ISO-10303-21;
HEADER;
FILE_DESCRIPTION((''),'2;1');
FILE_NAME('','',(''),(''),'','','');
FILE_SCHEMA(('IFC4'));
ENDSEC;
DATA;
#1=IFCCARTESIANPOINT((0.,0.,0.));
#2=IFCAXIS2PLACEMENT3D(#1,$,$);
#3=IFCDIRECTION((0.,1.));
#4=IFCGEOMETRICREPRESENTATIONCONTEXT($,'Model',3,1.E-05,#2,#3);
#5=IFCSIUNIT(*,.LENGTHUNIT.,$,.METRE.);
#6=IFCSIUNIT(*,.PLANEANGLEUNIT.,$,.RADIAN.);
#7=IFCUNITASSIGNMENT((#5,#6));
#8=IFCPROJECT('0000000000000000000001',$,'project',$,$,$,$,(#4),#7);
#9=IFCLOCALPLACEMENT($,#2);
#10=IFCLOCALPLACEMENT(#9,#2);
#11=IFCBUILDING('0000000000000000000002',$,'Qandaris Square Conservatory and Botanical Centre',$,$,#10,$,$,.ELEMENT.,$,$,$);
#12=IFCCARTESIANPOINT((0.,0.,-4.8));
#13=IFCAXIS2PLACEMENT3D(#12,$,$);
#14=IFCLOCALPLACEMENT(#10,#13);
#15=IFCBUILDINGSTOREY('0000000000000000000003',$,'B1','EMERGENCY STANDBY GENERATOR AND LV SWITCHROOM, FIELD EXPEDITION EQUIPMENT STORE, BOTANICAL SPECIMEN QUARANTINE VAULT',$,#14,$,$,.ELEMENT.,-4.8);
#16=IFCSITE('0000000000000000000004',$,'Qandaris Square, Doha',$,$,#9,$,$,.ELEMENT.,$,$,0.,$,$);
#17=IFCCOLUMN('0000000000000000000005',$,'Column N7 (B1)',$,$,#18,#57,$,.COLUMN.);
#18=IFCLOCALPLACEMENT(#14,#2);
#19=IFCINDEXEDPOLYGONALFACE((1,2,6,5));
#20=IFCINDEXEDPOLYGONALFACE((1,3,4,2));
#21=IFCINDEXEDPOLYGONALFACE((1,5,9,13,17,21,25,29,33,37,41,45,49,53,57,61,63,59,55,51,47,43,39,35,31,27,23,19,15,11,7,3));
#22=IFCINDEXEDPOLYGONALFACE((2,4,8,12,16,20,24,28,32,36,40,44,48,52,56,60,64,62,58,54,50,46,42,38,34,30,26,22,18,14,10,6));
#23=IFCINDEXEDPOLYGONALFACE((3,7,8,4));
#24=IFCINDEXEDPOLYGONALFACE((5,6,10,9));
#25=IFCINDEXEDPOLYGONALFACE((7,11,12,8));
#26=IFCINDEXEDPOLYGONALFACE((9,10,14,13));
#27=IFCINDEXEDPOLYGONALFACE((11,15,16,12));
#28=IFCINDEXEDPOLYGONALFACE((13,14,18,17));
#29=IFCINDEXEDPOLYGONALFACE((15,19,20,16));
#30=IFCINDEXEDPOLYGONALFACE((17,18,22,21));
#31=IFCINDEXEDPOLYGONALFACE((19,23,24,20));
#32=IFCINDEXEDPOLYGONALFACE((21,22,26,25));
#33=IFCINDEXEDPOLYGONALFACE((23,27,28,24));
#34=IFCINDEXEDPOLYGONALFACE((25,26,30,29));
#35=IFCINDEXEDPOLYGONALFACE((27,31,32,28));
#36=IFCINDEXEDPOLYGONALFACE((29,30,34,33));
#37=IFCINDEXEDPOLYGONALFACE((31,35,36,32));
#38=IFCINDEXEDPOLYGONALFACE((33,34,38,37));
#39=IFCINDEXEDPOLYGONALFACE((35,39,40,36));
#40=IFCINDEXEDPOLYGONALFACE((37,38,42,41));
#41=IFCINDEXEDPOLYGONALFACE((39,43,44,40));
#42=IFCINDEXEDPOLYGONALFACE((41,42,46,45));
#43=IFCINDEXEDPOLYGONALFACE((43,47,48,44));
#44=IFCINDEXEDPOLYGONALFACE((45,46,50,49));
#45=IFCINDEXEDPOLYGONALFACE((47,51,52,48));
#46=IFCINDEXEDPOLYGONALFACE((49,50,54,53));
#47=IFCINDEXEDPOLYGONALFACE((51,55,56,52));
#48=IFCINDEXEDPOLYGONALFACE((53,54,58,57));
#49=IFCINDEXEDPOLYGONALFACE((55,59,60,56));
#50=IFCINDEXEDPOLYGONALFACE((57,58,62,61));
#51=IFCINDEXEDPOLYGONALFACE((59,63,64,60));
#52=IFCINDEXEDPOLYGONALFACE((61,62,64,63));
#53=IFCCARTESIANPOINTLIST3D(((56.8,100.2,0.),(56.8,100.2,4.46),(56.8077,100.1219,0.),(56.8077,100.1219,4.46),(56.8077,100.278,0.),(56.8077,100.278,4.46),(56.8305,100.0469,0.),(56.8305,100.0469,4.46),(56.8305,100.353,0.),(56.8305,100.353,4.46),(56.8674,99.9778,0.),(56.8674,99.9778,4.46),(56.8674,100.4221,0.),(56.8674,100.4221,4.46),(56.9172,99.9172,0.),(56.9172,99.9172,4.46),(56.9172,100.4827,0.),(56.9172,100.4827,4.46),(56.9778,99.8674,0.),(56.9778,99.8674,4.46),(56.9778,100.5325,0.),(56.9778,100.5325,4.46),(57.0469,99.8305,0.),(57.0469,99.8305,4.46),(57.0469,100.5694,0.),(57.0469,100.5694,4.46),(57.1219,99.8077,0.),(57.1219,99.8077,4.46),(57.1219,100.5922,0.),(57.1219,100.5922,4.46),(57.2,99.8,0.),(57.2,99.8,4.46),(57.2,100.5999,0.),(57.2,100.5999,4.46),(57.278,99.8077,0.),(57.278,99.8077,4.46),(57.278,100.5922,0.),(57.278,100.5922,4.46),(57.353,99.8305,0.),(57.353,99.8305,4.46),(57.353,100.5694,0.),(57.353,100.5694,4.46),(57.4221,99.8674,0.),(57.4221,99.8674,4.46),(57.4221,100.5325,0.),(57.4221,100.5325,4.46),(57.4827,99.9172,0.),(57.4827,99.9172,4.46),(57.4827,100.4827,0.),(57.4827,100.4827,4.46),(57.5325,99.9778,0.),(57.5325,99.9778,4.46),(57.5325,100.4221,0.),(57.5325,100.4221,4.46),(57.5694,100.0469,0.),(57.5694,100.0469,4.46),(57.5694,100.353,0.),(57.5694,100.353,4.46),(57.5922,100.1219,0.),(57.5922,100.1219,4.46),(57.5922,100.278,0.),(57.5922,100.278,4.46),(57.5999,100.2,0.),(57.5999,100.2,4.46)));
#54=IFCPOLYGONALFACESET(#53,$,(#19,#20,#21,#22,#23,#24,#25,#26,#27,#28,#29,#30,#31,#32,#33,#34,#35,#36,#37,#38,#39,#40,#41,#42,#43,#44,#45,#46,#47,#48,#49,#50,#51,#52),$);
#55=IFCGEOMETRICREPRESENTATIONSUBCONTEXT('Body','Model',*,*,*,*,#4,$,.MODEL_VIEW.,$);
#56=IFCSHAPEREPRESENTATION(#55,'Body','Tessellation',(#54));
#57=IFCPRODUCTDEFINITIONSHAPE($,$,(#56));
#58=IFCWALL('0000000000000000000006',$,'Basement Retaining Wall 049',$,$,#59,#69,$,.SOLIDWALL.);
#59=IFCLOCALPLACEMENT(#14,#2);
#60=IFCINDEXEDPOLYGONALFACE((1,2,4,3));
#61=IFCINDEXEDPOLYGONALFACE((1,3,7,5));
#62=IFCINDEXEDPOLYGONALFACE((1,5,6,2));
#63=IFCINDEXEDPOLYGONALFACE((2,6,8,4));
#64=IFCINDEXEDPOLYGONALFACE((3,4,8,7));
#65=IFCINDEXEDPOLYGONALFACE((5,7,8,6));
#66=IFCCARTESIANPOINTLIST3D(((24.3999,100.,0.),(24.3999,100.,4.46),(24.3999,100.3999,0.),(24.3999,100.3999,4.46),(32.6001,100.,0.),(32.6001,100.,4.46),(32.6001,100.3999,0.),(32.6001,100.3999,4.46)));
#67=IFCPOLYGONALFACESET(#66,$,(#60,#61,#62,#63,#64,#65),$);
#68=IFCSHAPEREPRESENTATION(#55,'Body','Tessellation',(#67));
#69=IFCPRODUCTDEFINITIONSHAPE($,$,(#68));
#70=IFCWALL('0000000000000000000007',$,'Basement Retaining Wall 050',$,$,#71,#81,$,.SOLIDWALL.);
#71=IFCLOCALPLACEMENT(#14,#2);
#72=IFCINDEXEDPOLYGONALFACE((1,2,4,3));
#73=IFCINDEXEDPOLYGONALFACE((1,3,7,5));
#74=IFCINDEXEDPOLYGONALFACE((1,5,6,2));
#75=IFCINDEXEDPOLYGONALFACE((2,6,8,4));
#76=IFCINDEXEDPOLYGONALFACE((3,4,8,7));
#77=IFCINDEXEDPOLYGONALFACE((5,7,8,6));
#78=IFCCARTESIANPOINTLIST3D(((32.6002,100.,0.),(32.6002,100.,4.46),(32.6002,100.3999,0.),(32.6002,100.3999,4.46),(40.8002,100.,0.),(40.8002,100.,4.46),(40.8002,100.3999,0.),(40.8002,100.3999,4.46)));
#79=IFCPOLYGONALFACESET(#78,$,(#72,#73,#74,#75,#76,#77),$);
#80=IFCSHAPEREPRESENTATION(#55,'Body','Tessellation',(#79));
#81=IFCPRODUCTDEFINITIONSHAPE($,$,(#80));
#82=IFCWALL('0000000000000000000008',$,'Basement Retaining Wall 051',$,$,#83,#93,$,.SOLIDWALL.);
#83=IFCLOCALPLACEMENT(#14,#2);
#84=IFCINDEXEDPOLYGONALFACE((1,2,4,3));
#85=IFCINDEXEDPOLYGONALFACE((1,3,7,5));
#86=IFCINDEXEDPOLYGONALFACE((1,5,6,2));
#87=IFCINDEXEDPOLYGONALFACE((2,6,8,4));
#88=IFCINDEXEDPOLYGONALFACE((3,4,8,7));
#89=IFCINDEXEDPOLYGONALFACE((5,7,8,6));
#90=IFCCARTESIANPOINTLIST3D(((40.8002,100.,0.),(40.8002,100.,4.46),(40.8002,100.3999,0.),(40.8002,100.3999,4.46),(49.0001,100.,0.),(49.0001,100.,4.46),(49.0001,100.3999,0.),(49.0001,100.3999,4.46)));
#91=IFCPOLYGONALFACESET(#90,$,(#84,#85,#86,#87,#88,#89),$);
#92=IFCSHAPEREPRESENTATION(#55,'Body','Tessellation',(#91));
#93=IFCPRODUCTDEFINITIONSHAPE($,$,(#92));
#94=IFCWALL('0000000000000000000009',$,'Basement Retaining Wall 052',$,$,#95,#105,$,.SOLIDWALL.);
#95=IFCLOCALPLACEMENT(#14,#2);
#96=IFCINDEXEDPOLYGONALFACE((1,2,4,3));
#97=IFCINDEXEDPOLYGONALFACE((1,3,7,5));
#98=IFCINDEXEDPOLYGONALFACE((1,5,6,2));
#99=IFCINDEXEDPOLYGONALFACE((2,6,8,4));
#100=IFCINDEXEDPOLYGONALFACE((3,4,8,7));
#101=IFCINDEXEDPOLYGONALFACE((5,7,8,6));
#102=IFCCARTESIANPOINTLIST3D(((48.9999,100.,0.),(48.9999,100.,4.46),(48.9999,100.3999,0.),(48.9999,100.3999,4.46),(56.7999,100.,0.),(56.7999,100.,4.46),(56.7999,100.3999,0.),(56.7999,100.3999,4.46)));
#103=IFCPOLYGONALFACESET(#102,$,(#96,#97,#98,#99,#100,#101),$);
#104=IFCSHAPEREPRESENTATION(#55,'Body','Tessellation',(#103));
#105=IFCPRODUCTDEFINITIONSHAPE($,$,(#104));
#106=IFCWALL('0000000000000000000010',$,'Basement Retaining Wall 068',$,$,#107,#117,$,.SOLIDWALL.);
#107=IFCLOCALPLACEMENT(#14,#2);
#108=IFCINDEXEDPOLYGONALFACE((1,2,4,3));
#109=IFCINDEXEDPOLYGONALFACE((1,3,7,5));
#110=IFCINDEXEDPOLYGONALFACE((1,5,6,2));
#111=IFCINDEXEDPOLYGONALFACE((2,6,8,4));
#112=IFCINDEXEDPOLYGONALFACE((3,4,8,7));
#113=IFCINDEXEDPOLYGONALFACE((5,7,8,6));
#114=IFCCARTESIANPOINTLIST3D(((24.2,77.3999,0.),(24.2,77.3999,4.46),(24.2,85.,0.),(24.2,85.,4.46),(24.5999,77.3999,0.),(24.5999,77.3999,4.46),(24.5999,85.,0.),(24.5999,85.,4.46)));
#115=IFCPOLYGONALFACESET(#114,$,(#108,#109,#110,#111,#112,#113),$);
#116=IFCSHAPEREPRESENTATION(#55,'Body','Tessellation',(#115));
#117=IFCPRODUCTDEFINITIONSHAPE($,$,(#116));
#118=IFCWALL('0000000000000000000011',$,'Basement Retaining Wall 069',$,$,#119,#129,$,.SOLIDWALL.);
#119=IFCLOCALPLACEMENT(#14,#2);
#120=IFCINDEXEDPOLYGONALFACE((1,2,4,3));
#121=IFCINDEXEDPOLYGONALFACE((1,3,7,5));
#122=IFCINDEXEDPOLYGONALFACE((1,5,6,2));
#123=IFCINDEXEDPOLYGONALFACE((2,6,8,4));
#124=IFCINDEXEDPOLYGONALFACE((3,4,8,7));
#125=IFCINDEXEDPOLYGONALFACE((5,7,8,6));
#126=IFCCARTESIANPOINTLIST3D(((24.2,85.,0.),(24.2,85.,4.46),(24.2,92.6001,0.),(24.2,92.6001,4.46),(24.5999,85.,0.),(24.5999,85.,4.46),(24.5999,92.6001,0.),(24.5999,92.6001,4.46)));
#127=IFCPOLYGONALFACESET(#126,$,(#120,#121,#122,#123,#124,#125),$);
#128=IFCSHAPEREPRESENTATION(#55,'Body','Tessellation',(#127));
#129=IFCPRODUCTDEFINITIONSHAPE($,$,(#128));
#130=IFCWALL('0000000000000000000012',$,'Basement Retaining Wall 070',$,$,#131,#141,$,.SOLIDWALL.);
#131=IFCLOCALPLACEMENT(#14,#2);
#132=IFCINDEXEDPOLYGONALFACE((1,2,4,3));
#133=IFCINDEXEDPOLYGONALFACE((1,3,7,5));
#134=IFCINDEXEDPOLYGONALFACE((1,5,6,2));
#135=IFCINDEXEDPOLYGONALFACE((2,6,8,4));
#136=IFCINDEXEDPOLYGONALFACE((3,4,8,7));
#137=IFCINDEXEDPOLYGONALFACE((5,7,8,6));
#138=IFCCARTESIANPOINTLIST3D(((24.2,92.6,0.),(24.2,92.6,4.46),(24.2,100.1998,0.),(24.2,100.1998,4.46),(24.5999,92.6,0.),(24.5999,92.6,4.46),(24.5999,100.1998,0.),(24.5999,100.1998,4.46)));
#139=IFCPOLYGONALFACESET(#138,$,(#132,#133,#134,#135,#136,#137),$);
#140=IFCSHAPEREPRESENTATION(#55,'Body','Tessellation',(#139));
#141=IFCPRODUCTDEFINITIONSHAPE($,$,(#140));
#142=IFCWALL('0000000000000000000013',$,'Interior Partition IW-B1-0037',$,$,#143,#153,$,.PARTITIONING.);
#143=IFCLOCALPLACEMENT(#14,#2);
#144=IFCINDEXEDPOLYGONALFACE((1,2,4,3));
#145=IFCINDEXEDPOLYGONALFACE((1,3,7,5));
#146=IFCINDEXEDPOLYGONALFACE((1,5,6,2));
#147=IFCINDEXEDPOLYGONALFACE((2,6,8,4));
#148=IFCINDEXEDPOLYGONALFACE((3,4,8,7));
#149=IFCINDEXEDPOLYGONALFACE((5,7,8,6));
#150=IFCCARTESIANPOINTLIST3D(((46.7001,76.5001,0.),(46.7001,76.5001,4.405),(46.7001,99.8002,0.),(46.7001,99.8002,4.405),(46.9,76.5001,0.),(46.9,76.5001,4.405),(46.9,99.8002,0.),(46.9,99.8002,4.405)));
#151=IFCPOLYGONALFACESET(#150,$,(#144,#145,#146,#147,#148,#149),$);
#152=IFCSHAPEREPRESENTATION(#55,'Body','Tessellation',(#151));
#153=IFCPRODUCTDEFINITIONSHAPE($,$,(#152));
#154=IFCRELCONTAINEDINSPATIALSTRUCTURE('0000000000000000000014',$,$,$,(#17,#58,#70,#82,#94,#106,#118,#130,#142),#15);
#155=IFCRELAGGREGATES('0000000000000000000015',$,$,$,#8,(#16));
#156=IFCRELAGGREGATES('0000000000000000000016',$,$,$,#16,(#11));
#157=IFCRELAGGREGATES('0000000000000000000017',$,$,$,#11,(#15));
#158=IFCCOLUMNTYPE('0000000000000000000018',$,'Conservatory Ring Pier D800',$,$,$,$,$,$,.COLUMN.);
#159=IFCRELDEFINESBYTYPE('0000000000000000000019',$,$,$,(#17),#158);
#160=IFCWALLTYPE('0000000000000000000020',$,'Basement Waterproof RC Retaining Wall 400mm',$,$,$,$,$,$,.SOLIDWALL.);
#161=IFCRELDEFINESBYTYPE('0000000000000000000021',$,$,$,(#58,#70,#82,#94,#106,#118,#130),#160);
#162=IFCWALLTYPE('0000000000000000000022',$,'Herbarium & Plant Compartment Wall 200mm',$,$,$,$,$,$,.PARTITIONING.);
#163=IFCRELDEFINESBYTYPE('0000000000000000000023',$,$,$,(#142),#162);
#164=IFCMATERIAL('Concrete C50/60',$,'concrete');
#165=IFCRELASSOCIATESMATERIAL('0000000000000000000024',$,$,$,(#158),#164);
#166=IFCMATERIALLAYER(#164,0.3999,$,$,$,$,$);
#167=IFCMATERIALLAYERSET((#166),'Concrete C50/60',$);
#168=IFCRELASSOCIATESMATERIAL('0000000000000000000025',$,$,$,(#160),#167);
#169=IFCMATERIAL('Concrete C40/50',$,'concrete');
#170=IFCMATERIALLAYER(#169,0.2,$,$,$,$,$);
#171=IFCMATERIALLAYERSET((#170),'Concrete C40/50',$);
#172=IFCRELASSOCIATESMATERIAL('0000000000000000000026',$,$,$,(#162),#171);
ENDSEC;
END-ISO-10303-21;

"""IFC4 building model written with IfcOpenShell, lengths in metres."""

from ifc_helpers import new_model, si_unit, direction, frame, frame_2d, origin, origin_2d, place, context, subcontext, project, spatial, rectangle, circle, extrude, material, layer, layer_set, material_profile, profile_set, type_object, element, save


model = new_model("IFC4")

# Units and contexts
model_context = context("Model", 3, precision=1e-05, world=origin(), true_north=direction((0.0, 1.0)))
body_context = subcontext(model_context, "Body", "Model", "MODEL_VIEW")
ifc_project = project(units=[si_unit("LENGTHUNIT", "METRE"), si_unit("PLANEANGLEUNIT", "RADIAN")], contexts=[model_context])

# Site, building, storey
site_placement = place(None, origin())
site = spatial("IfcSite", under=ifc_project, at=site_placement, Name="Qandaris Square, Doha", CompositionType="ELEMENT", RefElevation=0.0)
building_placement = place(site_placement, origin())
building = spatial("IfcBuilding", under=site, at=building_placement, Name="Qandaris Square Conservatory and Botanical Centre", CompositionType="ELEMENT")
storey_placement = place(building_placement, frame((0.0, 0.0, -4.8)))
storey = spatial("IfcBuildingStorey", under=building, at=storey_placement, Name="B1", Description="EMERGENCY STANDBY GENERATOR AND LV SWITCHROOM, FIELD EXPEDITION EQUIPMENT STORE, BOTANICAL SPECIMEN QUARANTINE VAULT", CompositionType="ELEMENT", Elevation=-4.8)

# Shared definitions
ifc_material_1 = material(Name="Concrete C50/60", Category="concrete")

# Shared definitions
ifc_material_2 = material(Name="Concrete C40/50", Category="concrete")

# Column
ifc_material_profile_1 = material_profile(ifc_material_1, circle(Radius=0.3999, at=origin_2d()), Name="RC-COL D800")
ifc_profile_set_1 = profile_set([ifc_material_profile_1], Name="Concrete C50/60")
column_type = type_object("IfcColumnType", Name="Conservatory Ring Pier D800", PredefinedType="COLUMN", material=ifc_profile_set_1)
for number, where, z_axis, x_axis, name in (
    (1, (57.2, 100.2, 0.0), (0.0, 0.0, 1.0), (1.0, 0.0, 0.0), "Column N7 (B1)"),
):
    element("IfcColumn", number, at=place(storey_placement, frame(where, z_axis=z_axis, x_axis=x_axis)), inside=storey, type_object=column_type, Name=name, PredefinedType="COLUMN", context=body_context, shape_type="SweptSolid", body=[
        extrude(circle(Radius=0.3999, at=origin_2d()), origin(), (0.0, 0.0, 1.0), 4.46),
    ])

# Walls
ifc_layer_1 = layer(ifc_material_1, 0.3999)
ifc_layer_set_1 = layer_set([ifc_layer_1], Name="Concrete C50/60")
wall_type_1 = type_object("IfcWallType", Name="Basement Waterproof RC Retaining Wall 400mm", PredefinedType="SOLIDWALL", material=ifc_layer_set_1)
wall_1_placement = place(storey_placement, frame((24.3999, 100.2, 0.0), z_axis=(0.0, 0.0, 1.0), x_axis=(1.0, 0.0, 0.0)))
element("IfcWall", 2, at=wall_1_placement, inside=storey, type_object=wall_type_1, Name="Basement Retaining Wall 049", PredefinedType="SOLIDWALL", context=body_context, shape_type="SweptSolid", body=[
    extrude(rectangle(XDim=8.2002, YDim=0.3999, at=frame_2d((4.1001, 0.0))), origin(), (0.0, 0.0, 1.0), 4.46),
])
for number, where, z_axis, x_axis, name in (
    (3, (32.6001, 100.2, 0.0), (0.0, 0.0, 1.0), (1.0, 0.0, 0.0), "Basement Retaining Wall 050"),
    (4, (40.8, 100.2, 0.0), (0.0, 0.0, 1.0), (1.0, 0.0, 0.0), "Basement Retaining Wall 051"),
):
    element("IfcWall", number, at=place(storey_placement, frame(where, z_axis=z_axis, x_axis=x_axis)), inside=storey, type_object=wall_type_1, Name=name, PredefinedType="SOLIDWALL", context=body_context, shape_type="SweptSolid", body=[
        extrude(rectangle(XDim=8.2, YDim=0.3999, at=frame_2d((4.1001, 0.0))), origin(), (0.0, 0.0, 1.0), 4.46),
    ])
wall_2_placement = place(storey_placement, frame((49.0, 100.2, 0.0), z_axis=(0.0, 0.0, 1.0), x_axis=(1.0, 0.0, 0.0)))
element("IfcWall", 5, at=wall_2_placement, inside=storey, type_object=wall_type_1, Name="Basement Retaining Wall 052", PredefinedType="SOLIDWALL", context=body_context, shape_type="SweptSolid", body=[
    extrude(rectangle(XDim=7.8, YDim=0.3999, at=frame_2d((3.8999, 0.0))), origin(), (0.0, 0.0, 1.0), 4.46),
])
for number, where, z_axis, x_axis, name in (
    (6, (24.3999, 77.3999, 0.0), (0.0, 0.0, 1.0), (0.0, 1.0, 0.0), "Basement Retaining Wall 068"),
    (7, (24.3999, 85.0, 0.0), (0.0, 0.0, 1.0), (0.0, 1.0, 0.0), "Basement Retaining Wall 069"),
):
    element("IfcWall", number, at=place(storey_placement, frame(where, z_axis=z_axis, x_axis=x_axis)), inside=storey, type_object=wall_type_1, Name=name, PredefinedType="SOLIDWALL", context=body_context, shape_type="SweptSolid", body=[
        extrude(rectangle(XDim=7.6001, YDim=0.3999, at=frame_2d((3.8, 0.0))), origin(), (0.0, 0.0, 1.0), 4.46),
    ])
wall_3_placement = place(storey_placement, frame((24.3999, 92.6001, 0.0), z_axis=(0.0, 0.0, 1.0), x_axis=(0.0, 1.0, 0.0)))
element("IfcWall", 8, at=wall_3_placement, inside=storey, type_object=wall_type_1, Name="Basement Retaining Wall 070", PredefinedType="SOLIDWALL", context=body_context, shape_type="SweptSolid", body=[
    extrude(rectangle(XDim=7.5999, YDim=0.3999, at=frame_2d((3.7998, 0.0))), origin(), (0.0, 0.0, 1.0), 4.46),
])
ifc_layer_2 = layer(ifc_material_2, 0.2)
ifc_layer_set_2 = layer_set([ifc_layer_2], Name="Concrete C40/50")
wall_type_2 = type_object("IfcWallType", Name="Herbarium & Plant Compartment Wall 200mm", PredefinedType="PARTITIONING", material=ifc_layer_set_2)
wall_4_placement = place(storey_placement, frame((46.8, 99.8, 0.0), z_axis=(0.0, 0.0, 1.0), x_axis=(0.0, -1.0, 0.0)))
element("IfcWall", 9, at=wall_4_placement, inside=storey, type_object=wall_type_2, Name="Interior Partition IW-B1-0037", PredefinedType="PARTITIONING", context=body_context, shape_type="SweptSolid", body=[
    extrude(rectangle(XDim=23.3, YDim=0.2, at=frame_2d((11.6499, 0.0))), origin(), (0.0, 0.0, 1.0), 4.405),
])

save(model, "model.ifc")
